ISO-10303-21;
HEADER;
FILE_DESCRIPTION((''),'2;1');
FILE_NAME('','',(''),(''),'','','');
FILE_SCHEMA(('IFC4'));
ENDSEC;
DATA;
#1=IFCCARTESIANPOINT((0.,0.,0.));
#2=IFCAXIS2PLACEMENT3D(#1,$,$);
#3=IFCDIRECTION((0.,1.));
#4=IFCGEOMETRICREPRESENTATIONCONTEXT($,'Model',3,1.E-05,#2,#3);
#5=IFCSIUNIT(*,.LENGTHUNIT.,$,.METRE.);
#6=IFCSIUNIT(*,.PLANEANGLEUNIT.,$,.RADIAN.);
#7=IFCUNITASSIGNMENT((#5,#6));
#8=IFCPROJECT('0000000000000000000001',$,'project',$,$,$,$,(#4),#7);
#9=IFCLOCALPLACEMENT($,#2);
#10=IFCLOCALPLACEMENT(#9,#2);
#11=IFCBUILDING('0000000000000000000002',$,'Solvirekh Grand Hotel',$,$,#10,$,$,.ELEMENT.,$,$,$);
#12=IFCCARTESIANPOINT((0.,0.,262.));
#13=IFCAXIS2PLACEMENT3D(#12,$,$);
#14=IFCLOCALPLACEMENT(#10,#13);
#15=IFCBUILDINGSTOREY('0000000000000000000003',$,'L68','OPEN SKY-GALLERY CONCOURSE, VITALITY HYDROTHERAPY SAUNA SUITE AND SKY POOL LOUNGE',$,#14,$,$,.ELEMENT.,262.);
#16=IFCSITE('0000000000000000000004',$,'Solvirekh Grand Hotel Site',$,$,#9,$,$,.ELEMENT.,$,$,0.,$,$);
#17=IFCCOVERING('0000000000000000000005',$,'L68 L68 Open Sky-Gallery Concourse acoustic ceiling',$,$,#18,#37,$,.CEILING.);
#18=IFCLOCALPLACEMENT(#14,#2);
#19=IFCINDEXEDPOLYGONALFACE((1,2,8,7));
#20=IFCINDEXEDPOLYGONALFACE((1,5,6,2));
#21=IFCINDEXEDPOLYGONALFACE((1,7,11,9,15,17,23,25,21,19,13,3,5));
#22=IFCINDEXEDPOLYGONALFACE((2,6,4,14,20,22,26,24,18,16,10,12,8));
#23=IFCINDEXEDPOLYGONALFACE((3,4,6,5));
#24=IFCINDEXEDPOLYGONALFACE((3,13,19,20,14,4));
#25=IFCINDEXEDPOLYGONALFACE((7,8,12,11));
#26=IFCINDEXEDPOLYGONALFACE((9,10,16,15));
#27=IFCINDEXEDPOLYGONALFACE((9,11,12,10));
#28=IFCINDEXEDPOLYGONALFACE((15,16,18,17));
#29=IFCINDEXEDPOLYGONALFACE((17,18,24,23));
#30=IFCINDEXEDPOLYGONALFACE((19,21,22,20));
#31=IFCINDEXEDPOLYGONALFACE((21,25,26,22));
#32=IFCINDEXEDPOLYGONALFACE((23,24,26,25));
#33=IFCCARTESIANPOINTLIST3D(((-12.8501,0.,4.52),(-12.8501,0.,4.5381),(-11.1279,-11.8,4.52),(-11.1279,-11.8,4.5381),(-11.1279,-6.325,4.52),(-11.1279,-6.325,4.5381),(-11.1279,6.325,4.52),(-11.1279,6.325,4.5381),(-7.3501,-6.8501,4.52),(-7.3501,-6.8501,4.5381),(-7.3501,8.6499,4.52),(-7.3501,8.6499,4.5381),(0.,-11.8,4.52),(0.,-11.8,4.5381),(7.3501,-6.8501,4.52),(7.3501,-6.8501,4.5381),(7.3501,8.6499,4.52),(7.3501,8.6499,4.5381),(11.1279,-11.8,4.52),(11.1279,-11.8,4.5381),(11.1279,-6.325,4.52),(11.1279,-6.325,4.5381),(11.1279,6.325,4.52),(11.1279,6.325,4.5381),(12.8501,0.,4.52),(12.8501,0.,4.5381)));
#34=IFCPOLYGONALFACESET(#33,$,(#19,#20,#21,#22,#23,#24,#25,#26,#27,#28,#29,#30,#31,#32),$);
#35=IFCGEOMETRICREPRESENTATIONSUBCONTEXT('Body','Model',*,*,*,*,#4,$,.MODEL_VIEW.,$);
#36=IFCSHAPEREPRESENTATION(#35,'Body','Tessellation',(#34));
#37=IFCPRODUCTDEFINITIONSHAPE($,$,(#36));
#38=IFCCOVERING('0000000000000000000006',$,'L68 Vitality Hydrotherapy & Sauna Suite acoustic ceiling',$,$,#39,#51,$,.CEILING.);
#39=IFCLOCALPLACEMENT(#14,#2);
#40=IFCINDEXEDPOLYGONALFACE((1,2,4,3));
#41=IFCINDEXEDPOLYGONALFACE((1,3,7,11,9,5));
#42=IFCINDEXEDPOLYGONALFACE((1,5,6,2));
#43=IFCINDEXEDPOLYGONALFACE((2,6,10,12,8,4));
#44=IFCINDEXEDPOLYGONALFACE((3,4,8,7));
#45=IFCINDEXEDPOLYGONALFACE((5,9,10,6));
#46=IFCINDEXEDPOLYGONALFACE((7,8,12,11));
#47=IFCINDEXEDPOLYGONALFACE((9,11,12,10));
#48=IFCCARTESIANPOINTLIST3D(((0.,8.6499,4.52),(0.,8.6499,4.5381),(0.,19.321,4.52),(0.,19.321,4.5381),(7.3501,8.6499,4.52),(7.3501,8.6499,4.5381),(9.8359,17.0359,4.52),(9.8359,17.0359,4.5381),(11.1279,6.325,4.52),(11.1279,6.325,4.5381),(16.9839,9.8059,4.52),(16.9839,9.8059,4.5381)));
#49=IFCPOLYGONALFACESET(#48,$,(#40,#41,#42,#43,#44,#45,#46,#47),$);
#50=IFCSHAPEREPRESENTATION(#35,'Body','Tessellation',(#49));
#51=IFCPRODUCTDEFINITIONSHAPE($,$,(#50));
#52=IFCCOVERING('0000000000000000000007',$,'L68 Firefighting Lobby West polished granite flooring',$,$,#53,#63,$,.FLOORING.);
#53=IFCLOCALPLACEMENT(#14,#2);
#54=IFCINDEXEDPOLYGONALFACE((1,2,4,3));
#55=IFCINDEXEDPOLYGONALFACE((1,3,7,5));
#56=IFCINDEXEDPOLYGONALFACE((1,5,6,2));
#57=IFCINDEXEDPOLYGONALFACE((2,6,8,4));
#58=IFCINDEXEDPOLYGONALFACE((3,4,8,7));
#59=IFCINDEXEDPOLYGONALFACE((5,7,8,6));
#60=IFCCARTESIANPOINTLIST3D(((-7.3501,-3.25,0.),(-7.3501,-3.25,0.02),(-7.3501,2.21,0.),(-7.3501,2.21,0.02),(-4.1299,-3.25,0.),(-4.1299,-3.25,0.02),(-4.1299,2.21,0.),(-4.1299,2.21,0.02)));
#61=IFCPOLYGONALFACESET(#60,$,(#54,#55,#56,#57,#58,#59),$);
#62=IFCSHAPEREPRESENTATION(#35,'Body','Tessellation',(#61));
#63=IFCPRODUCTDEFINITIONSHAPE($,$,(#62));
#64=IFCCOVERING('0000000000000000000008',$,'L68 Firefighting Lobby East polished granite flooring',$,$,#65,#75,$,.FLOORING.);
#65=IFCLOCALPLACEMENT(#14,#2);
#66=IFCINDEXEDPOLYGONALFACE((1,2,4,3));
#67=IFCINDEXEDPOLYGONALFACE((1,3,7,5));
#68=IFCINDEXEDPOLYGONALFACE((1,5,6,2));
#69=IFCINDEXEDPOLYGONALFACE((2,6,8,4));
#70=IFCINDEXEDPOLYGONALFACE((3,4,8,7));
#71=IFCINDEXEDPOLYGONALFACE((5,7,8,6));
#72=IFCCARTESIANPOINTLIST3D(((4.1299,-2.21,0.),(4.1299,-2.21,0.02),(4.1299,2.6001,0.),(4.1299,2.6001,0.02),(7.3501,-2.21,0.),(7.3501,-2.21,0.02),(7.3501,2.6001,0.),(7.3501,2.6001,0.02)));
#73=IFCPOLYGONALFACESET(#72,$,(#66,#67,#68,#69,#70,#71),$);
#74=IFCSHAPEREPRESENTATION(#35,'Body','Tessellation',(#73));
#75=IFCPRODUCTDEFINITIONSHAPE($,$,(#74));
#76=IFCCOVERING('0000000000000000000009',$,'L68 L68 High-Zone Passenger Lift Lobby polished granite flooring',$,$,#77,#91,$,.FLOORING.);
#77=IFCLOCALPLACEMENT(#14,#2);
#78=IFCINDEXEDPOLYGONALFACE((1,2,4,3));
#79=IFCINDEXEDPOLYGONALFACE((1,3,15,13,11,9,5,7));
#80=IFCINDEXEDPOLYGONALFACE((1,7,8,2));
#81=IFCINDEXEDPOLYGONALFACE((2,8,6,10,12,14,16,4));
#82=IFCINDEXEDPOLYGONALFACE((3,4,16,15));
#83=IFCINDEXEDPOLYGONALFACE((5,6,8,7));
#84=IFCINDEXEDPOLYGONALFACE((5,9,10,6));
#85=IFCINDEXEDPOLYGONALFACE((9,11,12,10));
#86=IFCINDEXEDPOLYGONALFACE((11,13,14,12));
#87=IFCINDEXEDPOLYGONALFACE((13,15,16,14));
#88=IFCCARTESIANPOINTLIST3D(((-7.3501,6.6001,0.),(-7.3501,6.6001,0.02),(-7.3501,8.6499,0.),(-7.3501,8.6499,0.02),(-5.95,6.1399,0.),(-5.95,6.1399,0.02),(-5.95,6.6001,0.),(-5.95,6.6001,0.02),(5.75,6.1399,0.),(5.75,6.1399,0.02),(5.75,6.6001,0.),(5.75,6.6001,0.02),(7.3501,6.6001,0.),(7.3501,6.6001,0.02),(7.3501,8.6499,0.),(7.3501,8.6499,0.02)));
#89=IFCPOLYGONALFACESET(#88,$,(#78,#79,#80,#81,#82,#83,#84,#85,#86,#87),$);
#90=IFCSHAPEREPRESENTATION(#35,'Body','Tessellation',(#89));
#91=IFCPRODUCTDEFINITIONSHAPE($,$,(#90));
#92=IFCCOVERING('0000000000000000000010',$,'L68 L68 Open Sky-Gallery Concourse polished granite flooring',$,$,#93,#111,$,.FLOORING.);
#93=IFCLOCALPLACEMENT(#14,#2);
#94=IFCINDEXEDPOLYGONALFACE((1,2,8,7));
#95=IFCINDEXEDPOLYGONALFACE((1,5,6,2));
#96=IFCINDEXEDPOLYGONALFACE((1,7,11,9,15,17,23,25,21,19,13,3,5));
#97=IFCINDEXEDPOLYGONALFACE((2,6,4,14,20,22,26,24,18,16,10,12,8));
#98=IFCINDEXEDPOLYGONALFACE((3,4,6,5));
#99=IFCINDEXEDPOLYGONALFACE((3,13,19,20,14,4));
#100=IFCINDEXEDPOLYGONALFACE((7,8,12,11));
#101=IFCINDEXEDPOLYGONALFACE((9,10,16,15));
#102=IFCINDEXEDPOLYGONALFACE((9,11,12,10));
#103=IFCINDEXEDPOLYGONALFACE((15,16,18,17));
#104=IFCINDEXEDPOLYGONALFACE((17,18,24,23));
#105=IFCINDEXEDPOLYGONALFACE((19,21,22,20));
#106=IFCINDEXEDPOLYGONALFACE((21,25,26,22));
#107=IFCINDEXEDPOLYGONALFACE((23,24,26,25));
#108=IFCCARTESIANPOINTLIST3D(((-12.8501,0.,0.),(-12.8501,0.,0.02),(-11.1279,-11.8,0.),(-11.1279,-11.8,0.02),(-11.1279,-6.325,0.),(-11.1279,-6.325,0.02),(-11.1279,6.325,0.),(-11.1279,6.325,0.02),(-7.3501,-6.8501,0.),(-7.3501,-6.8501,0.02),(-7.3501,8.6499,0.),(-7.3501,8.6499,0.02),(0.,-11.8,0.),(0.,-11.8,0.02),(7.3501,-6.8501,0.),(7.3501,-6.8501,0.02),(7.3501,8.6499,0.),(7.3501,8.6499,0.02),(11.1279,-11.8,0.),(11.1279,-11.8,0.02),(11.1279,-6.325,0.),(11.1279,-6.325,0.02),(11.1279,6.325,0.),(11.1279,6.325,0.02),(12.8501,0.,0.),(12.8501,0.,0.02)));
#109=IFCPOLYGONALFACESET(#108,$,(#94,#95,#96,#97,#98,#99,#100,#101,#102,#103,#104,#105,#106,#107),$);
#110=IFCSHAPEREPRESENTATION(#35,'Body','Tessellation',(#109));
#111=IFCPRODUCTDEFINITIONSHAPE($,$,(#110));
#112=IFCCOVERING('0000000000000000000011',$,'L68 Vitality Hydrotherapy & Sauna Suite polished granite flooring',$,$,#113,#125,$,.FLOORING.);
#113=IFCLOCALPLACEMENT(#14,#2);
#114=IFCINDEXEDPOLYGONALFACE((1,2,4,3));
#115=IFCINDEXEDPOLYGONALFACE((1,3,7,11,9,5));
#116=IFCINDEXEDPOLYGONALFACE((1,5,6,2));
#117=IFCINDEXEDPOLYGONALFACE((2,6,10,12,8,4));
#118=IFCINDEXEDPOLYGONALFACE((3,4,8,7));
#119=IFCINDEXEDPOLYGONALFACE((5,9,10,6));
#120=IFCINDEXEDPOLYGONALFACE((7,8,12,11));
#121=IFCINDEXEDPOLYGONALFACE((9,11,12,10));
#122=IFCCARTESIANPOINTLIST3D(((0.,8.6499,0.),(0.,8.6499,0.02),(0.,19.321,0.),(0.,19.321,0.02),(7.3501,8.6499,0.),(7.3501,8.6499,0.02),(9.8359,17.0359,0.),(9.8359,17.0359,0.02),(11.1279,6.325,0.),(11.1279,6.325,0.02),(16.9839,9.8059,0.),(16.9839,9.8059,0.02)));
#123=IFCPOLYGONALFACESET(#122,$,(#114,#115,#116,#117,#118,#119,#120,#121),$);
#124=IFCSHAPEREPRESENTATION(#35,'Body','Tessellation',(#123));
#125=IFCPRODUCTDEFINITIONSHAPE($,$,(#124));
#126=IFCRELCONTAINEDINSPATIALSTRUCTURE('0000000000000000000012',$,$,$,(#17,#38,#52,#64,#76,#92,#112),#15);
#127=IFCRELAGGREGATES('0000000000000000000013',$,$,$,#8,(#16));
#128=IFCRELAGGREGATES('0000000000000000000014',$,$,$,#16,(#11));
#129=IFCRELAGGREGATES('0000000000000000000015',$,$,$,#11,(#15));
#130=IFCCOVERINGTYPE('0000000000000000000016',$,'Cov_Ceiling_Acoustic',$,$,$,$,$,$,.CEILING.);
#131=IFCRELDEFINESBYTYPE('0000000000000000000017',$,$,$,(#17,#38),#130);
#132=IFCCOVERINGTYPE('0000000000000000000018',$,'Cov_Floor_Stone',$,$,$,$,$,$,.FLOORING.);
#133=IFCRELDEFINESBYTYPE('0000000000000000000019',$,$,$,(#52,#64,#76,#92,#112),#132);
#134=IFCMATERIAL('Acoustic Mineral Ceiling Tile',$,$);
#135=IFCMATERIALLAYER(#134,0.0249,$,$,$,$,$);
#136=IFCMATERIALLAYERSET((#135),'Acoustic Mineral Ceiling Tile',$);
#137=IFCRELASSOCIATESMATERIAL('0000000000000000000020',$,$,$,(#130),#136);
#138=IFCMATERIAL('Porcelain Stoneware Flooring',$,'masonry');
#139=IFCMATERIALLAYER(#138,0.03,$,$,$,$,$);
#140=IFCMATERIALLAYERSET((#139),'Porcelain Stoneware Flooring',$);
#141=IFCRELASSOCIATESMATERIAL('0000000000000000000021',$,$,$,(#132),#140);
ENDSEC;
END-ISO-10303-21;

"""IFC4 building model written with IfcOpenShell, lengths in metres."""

from ifc_helpers import new_model, si_unit, direction, frame, origin, place, context, subcontext, project, spatial, polyline, outline, extrude, material, layer, layer_set, type_object, element, save


model = new_model("IFC4")

# Units and contexts
model_context = context("Model", 3, precision=1e-05, world=origin(), true_north=direction((0.0, 1.0)))
body_context = subcontext(model_context, "Body", "Model", "MODEL_VIEW")
ifc_project = project(units=[si_unit("LENGTHUNIT", "METRE"), si_unit("PLANEANGLEUNIT", "RADIAN")], contexts=[model_context])

# Site, building, storey
site_placement = place(None, origin())
site = spatial("IfcSite", under=ifc_project, at=site_placement, Name="Solvirekh Grand Hotel Site", CompositionType="ELEMENT", RefElevation=0.0)
building_placement = place(site_placement, origin())
building = spatial("IfcBuilding", under=site, at=building_placement, Name="Solvirekh Grand Hotel", CompositionType="ELEMENT")
storey_placement = place(building_placement, frame((0.0, 0.0, 262.0)))
storey = spatial("IfcBuildingStorey", under=building, at=storey_placement, Name="L68", Description="OPEN SKY-GALLERY CONCOURSE, VITALITY HYDROTHERAPY SAUNA SUITE AND SKY POOL LOUNGE", CompositionType="ELEMENT", Elevation=262.0)

# Coverings
ifc_material_1 = material(Name="Acoustic Mineral Ceiling Tile")
ifc_layer_1 = layer(ifc_material_1, 0.0249)
ifc_layer_set_1 = layer_set([ifc_layer_1], Name="Acoustic Mineral Ceiling Tile")
covering_type_1 = type_object("IfcCoveringType", Name="Cov_Ceiling_Acoustic", PredefinedType="CEILING", material=ifc_layer_set_1)
covering_1_placement = place(storey_placement, frame((0.0, 0.0, 4.52)))
element("IfcCovering", 1, at=covering_1_placement, inside=storey, type_object=covering_type_1, Name="L68 L68 Open Sky-Gallery Concourse acoustic ceiling", PredefinedType="CEILING", context=body_context, shape_type="SweptSolid", body=[
    extrude(outline(polyline([(-7.3501, -6.8501), (-7.3501, 8.6499), (-11.1279, 6.325), (-12.8501, 0.0), (-11.1279, -6.325), (-11.1279, -11.8), (0.0, -11.8), (11.1279, -11.8), (11.1279, -6.325), (12.8501, 0.0), (11.1279, 6.325), (7.3501, 8.6499), (7.3501, -6.8501), (-7.3501, -6.8501)])), origin(), (0.0, 0.0, 1.0), 0.0181),
])
covering_2_placement = place(storey_placement, frame((0.0, 0.0, 4.52)))
element("IfcCovering", 2, at=covering_2_placement, inside=storey, type_object=covering_type_1, Name="L68 Vitality Hydrotherapy & Sauna Suite acoustic ceiling", PredefinedType="CEILING", context=body_context, shape_type="SweptSolid", body=[
    extrude(outline(polyline([(0.0, 8.6499), (7.3501, 8.6499), (11.1279, 6.325), (16.9839, 9.8059), (9.8359, 17.0359), (0.0, 19.321), (0.0, 8.6499)])), origin(), (0.0, 0.0, 1.0), 0.0181),
])
ifc_material_2 = material(Name="Porcelain Stoneware Flooring", Category="masonry")
ifc_layer_2 = layer(ifc_material_2, 0.03)
ifc_layer_set_2 = layer_set([ifc_layer_2], Name="Porcelain Stoneware Flooring")
covering_type_2 = type_object("IfcCoveringType", Name="Cov_Floor_Stone", PredefinedType="FLOORING", material=ifc_layer_set_2)
covering_3_placement = place(storey_placement, origin())
element("IfcCovering", 3, at=covering_3_placement, inside=storey, type_object=covering_type_2, Name="L68 Firefighting Lobby West polished granite flooring", PredefinedType="FLOORING", context=body_context, shape_type="SweptSolid", body=[
    extrude(outline(polyline([(-7.3501, -3.25), (-4.1299, -3.25), (-4.1299, 2.21), (-7.3501, 2.21), (-7.3501, -3.25)])), origin(), (0.0, 0.0, 1.0), 0.02),
])
covering_4_placement = place(storey_placement, origin())
element("IfcCovering", 4, at=covering_4_placement, inside=storey, type_object=covering_type_2, Name="L68 Firefighting Lobby East polished granite flooring", PredefinedType="FLOORING", context=body_context, shape_type="SweptSolid", body=[
    extrude(outline(polyline([(4.1299, -2.21), (7.3501, -2.21), (7.3501, 2.6001), (4.1299, 2.6001), (4.1299, -2.21)])), origin(), (0.0, 0.0, 1.0), 0.02),
])
covering_5_placement = place(storey_placement, origin())
element("IfcCovering", 5, at=covering_5_placement, inside=storey, type_object=covering_type_2, Name="L68 L68 High-Zone Passenger Lift Lobby polished granite flooring", PredefinedType="FLOORING", context=body_context, shape_type="SweptSolid", body=[
    extrude(outline(polyline([(-7.3501, 6.6001), (-5.95, 6.6001), (-5.95, 6.1399), (5.75, 6.1399), (5.75, 6.6001), (7.3501, 6.6001), (7.3501, 8.6499), (-7.3501, 8.6499), (-7.3501, 6.6001)])), origin(), (0.0, 0.0, 1.0), 0.02),
])
covering_6_placement = place(storey_placement, origin())
element("IfcCovering", 6, at=covering_6_placement, inside=storey, type_object=covering_type_2, Name="L68 L68 Open Sky-Gallery Concourse polished granite flooring", PredefinedType="FLOORING", context=body_context, shape_type="SweptSolid", body=[
    extrude(outline(polyline([(-7.3501, -6.8501), (-7.3501, 8.6499), (-11.1279, 6.325), (-12.8501, 0.0), (-11.1279, -6.325), (-11.1279, -11.8), (0.0, -11.8), (11.1279, -11.8), (11.1279, -6.325), (12.8501, 0.0), (11.1279, 6.325), (7.3501, 8.6499), (7.3501, -6.8501), (-7.3501, -6.8501)])), origin(), (0.0, 0.0, 1.0), 0.02),
])
covering_7_placement = place(storey_placement, origin())
element("IfcCovering", 7, at=covering_7_placement, inside=storey, type_object=covering_type_2, Name="L68 Vitality Hydrotherapy & Sauna Suite polished granite flooring", PredefinedType="FLOORING", context=body_context, shape_type="SweptSolid", body=[
    extrude(outline(polyline([(0.0, 8.6499), (7.3501, 8.6499), (11.1279, 6.325), (16.9839, 9.8059), (9.8359, 17.0359), (0.0, 19.321), (0.0, 8.6499)])), origin(), (0.0, 0.0, 1.0), 0.02),
])

save(model, "model.ifc")
